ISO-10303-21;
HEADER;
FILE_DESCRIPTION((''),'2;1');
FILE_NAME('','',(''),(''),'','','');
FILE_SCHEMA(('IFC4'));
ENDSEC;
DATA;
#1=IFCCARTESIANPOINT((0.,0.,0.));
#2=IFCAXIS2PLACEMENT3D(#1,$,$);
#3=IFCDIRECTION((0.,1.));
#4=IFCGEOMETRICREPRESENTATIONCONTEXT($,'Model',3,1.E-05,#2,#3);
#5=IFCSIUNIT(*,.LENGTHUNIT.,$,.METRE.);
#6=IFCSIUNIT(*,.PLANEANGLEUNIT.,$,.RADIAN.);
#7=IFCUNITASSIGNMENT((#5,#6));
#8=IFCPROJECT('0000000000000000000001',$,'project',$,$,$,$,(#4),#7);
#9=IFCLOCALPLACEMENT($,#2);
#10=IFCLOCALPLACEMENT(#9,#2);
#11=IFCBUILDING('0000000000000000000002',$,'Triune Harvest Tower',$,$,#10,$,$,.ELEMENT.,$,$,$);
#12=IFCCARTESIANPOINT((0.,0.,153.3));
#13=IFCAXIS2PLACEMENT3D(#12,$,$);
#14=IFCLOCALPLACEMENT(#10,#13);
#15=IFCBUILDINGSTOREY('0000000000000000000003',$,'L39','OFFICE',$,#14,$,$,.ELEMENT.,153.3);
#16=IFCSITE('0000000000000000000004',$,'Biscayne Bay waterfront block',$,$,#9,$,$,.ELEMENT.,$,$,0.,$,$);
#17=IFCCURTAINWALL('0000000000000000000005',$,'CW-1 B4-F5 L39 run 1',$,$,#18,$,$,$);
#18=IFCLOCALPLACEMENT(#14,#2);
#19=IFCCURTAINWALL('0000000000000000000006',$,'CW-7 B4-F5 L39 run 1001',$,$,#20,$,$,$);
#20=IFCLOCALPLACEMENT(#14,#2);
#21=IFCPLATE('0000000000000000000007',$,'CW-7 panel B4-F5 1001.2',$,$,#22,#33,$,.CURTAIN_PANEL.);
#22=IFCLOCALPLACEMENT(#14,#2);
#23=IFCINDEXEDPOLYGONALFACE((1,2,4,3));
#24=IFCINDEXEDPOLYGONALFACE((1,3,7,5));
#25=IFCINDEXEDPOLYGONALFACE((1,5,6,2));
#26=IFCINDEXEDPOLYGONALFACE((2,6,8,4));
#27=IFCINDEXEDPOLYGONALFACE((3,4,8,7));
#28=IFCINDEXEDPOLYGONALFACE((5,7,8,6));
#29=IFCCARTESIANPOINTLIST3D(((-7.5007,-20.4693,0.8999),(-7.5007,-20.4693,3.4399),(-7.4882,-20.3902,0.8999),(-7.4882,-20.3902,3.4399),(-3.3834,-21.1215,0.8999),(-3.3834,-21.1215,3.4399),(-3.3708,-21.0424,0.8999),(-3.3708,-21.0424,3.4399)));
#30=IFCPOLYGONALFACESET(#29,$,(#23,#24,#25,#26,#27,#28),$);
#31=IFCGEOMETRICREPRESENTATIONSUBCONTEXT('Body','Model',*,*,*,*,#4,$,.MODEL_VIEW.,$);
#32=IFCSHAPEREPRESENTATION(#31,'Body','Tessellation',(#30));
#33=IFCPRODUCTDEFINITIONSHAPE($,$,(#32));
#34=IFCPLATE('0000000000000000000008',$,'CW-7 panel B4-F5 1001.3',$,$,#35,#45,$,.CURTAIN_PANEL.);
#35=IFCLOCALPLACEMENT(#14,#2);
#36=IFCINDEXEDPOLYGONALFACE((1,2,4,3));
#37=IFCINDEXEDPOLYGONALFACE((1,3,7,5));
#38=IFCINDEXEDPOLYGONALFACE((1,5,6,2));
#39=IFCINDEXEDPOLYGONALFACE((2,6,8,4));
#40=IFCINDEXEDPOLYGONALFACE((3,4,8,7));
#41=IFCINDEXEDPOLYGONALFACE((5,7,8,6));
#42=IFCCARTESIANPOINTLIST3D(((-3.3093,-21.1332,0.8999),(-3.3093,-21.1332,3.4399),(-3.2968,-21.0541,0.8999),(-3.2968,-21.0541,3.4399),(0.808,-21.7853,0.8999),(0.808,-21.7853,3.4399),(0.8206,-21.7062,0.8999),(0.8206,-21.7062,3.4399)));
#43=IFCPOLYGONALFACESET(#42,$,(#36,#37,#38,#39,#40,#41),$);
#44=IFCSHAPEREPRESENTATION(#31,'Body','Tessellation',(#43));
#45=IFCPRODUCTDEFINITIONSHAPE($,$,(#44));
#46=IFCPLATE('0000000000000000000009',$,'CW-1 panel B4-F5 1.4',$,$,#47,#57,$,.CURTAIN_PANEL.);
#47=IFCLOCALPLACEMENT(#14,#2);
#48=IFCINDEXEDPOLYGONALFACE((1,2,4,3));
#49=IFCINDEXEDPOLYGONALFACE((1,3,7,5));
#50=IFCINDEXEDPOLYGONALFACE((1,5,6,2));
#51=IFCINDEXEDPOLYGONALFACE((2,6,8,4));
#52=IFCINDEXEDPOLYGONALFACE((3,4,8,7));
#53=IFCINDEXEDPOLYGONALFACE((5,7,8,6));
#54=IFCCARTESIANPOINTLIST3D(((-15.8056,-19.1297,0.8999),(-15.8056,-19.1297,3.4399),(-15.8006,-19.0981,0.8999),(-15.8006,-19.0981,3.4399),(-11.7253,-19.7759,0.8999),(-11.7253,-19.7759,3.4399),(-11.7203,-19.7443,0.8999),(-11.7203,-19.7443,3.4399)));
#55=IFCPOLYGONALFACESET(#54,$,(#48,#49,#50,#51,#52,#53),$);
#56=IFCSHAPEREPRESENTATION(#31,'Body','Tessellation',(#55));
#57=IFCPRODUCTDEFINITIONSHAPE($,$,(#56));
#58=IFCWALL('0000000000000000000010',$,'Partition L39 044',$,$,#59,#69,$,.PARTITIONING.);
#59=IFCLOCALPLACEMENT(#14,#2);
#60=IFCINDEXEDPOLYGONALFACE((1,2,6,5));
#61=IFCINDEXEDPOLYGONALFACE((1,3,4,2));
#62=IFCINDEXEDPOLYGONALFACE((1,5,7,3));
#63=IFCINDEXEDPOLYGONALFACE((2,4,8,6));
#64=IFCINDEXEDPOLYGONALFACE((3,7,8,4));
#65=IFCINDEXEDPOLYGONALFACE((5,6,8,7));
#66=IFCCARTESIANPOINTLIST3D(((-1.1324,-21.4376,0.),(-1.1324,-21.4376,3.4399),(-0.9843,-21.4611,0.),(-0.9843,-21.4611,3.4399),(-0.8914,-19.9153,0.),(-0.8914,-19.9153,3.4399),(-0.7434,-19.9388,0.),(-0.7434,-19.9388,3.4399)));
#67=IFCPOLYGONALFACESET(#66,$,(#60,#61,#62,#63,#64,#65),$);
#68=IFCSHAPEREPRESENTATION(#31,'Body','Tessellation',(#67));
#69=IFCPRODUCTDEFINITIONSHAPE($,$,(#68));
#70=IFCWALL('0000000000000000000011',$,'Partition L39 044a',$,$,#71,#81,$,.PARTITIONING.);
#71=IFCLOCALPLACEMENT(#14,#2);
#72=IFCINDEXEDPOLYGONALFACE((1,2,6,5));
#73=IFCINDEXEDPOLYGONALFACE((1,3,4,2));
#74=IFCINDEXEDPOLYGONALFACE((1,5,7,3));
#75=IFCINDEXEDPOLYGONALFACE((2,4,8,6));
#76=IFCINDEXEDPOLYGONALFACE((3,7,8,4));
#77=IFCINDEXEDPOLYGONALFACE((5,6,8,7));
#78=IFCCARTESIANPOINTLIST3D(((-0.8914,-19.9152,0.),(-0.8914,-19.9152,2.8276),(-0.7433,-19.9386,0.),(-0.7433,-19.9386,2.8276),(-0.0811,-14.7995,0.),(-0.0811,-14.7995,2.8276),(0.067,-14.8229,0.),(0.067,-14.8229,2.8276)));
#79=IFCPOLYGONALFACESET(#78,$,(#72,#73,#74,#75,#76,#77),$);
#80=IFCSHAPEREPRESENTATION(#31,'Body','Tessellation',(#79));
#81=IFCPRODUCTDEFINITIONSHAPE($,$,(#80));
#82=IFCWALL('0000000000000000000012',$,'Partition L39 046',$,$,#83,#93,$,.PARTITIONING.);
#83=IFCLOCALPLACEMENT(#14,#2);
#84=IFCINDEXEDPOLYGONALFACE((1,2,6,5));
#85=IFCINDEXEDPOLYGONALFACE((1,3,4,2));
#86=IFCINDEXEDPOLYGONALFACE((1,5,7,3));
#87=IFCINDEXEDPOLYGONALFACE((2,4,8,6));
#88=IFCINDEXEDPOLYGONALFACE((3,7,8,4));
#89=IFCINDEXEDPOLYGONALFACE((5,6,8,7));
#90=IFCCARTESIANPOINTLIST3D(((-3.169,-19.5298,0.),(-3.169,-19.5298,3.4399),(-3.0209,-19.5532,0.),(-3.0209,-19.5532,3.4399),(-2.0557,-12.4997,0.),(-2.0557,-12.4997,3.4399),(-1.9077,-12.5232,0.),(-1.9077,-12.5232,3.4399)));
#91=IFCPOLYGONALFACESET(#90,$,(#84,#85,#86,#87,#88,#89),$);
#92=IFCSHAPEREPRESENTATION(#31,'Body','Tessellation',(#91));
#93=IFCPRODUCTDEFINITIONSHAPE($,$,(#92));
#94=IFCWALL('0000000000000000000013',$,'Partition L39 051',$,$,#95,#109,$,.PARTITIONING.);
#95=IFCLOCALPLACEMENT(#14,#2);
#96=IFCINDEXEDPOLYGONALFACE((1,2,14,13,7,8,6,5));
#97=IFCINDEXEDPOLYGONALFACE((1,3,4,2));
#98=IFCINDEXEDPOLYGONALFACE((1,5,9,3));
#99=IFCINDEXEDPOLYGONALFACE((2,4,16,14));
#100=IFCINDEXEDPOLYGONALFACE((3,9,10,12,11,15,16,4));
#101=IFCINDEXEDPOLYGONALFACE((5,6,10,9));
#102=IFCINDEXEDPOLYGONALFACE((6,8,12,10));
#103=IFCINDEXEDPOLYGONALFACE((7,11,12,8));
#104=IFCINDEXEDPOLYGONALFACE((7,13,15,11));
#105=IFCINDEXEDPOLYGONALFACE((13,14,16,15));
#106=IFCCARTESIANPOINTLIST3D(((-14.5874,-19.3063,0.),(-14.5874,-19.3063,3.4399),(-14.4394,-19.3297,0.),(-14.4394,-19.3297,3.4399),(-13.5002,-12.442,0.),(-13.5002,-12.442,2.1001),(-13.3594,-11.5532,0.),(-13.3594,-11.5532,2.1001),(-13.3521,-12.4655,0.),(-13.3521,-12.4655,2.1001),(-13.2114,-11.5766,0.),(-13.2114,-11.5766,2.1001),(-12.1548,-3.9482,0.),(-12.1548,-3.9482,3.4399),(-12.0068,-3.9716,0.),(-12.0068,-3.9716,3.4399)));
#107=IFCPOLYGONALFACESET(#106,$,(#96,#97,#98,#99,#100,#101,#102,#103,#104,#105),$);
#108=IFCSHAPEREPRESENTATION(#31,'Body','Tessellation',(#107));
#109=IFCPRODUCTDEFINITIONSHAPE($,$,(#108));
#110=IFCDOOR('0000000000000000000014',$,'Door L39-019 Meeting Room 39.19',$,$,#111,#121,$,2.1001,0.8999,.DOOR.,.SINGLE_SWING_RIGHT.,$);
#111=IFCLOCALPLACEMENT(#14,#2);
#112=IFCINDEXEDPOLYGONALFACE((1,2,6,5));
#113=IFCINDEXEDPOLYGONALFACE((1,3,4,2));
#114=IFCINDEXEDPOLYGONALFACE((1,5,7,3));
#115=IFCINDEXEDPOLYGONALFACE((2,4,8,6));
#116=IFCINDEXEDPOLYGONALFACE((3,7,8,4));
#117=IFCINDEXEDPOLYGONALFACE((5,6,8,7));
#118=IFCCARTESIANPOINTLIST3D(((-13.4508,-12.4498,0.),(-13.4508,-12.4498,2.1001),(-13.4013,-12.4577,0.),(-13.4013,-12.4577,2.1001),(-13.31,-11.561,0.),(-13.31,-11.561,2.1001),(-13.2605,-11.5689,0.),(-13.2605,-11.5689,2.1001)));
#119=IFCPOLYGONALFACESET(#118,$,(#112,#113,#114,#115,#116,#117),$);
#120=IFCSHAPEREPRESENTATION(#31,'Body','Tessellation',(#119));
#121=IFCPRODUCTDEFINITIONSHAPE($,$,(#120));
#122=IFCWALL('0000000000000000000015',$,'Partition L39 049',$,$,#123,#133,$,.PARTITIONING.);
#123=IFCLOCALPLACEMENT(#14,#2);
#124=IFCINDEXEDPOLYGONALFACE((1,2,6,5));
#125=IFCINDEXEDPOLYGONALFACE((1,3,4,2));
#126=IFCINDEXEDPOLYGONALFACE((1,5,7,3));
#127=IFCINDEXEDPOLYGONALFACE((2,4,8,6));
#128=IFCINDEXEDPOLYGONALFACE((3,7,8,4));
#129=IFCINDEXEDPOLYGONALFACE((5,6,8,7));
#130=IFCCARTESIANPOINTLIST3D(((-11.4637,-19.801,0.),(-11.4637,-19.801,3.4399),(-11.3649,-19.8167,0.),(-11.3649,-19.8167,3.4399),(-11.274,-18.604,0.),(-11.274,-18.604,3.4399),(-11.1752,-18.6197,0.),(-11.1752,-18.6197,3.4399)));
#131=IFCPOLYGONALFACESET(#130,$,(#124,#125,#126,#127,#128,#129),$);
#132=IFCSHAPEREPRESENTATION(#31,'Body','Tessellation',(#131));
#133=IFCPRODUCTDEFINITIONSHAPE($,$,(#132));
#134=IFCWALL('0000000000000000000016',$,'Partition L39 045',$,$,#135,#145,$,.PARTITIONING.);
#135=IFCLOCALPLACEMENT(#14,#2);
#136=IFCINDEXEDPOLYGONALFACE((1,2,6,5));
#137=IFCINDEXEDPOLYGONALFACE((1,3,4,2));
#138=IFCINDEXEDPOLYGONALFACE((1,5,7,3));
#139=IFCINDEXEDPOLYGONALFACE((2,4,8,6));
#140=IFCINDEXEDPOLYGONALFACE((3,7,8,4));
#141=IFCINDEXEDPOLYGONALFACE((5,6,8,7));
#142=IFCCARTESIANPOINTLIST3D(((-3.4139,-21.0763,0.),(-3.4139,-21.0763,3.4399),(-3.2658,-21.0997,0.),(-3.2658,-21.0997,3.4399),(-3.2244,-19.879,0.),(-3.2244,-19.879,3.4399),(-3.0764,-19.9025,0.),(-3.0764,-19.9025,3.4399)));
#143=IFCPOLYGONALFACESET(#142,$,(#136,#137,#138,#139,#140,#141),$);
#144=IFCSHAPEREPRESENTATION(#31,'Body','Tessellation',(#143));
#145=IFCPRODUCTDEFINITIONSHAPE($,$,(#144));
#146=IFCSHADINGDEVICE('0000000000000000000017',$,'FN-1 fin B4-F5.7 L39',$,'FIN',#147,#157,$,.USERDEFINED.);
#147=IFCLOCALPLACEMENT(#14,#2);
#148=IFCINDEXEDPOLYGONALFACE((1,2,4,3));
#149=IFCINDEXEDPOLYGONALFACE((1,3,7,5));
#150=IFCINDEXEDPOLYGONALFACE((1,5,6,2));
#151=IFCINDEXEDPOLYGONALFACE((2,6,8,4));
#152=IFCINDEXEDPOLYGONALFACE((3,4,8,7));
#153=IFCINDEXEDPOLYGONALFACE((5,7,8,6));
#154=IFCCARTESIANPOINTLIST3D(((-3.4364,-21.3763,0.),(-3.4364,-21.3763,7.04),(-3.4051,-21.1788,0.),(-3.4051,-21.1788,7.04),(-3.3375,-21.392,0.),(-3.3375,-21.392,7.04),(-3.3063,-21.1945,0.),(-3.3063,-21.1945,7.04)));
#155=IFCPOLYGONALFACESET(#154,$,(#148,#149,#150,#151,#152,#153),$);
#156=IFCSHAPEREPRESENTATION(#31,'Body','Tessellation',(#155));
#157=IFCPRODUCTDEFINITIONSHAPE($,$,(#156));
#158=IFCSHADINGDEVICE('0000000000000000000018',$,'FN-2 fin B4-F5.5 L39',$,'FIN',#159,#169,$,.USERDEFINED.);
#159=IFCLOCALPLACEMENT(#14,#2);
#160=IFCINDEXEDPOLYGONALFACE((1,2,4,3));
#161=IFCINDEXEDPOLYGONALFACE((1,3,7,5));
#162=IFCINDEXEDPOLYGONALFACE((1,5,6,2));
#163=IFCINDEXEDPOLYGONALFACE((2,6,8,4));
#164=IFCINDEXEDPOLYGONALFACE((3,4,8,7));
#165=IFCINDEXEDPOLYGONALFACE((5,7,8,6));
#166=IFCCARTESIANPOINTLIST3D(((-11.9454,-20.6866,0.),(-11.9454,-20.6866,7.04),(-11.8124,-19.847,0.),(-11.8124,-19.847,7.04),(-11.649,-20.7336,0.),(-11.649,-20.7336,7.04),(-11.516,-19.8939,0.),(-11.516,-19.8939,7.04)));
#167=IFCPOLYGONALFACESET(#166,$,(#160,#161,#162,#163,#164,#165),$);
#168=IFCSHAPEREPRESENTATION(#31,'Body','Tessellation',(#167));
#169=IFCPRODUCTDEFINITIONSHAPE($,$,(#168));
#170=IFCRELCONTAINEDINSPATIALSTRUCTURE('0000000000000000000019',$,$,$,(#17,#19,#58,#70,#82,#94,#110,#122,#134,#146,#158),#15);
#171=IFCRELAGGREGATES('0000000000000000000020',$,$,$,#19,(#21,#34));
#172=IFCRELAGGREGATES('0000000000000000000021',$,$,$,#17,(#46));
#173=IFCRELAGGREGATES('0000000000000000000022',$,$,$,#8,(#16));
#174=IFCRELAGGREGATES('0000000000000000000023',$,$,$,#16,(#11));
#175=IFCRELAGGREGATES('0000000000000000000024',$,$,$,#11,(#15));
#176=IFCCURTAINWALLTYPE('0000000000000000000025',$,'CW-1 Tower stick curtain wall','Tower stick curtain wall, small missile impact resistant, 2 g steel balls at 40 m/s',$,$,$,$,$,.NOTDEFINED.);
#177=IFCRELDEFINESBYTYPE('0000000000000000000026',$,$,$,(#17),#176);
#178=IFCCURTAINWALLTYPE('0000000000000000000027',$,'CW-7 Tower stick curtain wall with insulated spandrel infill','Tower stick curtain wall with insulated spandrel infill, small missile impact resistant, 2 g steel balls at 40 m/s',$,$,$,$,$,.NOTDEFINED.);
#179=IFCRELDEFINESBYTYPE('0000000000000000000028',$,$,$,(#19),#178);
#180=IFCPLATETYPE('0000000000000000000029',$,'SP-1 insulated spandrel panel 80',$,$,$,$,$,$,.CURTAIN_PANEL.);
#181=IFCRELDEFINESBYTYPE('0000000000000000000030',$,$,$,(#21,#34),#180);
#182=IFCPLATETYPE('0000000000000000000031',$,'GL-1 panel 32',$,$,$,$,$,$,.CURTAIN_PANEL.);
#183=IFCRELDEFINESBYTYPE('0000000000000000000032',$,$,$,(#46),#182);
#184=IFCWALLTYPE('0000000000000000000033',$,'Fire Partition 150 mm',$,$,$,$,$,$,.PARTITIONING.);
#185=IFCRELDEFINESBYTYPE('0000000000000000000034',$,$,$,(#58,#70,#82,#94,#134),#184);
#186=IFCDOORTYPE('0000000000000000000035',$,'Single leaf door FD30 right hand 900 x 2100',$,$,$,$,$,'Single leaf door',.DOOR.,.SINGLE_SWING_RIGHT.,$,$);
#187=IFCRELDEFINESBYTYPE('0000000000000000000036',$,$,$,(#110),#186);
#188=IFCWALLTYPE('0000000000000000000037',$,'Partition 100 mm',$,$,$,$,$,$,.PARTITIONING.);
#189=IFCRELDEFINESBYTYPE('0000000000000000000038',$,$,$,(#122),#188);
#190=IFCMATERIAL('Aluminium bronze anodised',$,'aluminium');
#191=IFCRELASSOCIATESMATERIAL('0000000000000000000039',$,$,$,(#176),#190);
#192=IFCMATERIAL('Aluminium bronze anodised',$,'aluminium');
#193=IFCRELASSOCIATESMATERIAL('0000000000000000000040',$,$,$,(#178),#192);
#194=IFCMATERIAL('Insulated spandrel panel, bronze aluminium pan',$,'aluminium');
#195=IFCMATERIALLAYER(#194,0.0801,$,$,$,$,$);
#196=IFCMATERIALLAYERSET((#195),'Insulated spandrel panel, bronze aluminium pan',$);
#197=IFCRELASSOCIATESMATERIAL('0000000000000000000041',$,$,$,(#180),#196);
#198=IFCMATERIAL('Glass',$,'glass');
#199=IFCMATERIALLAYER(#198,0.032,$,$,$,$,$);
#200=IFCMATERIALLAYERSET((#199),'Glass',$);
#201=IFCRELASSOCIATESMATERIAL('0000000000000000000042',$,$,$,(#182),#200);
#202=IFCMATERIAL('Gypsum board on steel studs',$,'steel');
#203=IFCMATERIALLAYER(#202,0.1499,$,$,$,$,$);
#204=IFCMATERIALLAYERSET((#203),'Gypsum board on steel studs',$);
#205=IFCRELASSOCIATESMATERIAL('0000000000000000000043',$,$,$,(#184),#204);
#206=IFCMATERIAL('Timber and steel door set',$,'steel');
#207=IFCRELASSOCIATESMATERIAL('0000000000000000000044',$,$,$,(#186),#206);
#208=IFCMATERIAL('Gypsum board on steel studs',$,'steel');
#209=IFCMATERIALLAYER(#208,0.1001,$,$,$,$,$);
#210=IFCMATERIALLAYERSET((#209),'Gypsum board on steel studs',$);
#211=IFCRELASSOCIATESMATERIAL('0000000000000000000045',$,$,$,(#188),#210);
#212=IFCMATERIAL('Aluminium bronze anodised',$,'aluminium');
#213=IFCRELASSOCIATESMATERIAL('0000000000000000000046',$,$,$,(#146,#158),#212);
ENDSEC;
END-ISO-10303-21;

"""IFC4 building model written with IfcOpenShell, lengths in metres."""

from ifc_helpers import new_model, si_unit, direction, frame, frame_2d, origin, origin_2d, place, context, subcontext, project, spatial, rectangle, extrude, source, transform, mapped, material, layer, layer_set, type_object, element, fill, aggregate, save


model = new_model("IFC4")

# Units and contexts
model_context = context("Model", 3, precision=1e-05, world=origin(), true_north=direction((0.0, 1.0)))
body_context = subcontext(model_context, "Body", "Model", "MODEL_VIEW")
ifc_project = project(units=[si_unit("LENGTHUNIT", "METRE"), si_unit("PLANEANGLEUNIT", "RADIAN")], contexts=[model_context])

# Site, building, storey
site_placement = place(None, origin())
site = spatial("IfcSite", under=ifc_project, at=site_placement, Name="Biscayne Bay waterfront block", CompositionType="ELEMENT", RefElevation=0.0)
building_placement = place(site_placement, origin())
building = spatial("IfcBuilding", under=site, at=building_placement, Name="Triune Harvest Tower", CompositionType="ELEMENT")
storey_placement = place(building_placement, frame((0.0, 0.0, 153.3)))
storey = spatial("IfcBuildingStorey", under=building, at=storey_placement, Name="L39", Description="OFFICE", CompositionType="ELEMENT", Elevation=153.3)

# Curtain wall
ifc_material_1 = material(Name="Aluminium bronze anodised", Category="aluminium")
curtain_wall_type_1 = type_object("IfcCurtainWallType", Name="CW-1 Tower stick curtain wall", Description="Tower stick curtain wall, small missile impact resistant, 2 g steel balls at 40 m/s", PredefinedType="NOTDEFINED", material=ifc_material_1)
curtain_wall_1_placement = place(storey_placement, origin())
curtain_wall_1 = element("IfcCurtainWall", 1, at=curtain_wall_1_placement, inside=storey, type_object=curtain_wall_type_1, Name="CW-1 B4-F5 L39 run 1")

# Curtain wall, plates
ifc_material_2 = material(Name="Aluminium bronze anodised", Category="aluminium")
curtain_wall_type_2 = type_object("IfcCurtainWallType", Name="CW-7 Tower stick curtain wall with insulated spandrel infill", Description="Tower stick curtain wall with insulated spandrel infill, small missile impact resistant, 2 g steel balls at 40 m/s", PredefinedType="NOTDEFINED", material=ifc_material_2)
curtain_wall_2_placement = place(storey_placement, origin())
curtain_wall_2 = element("IfcCurtainWall", 2, at=curtain_wall_2_placement, inside=storey, type_object=curtain_wall_type_2, Name="CW-7 B4-F5 L39 run 1001")
ifc_material_3 = material(Name="Insulated spandrel panel, bronze aluminium pan", Category="aluminium")
ifc_layer_1 = layer(ifc_material_3, 0.0801)
ifc_layer_set_1 = layer_set([ifc_layer_1], Name="Insulated spandrel panel, bronze aluminium pan")
plate_type_1 = type_object("IfcPlateType", Name="SP-1 insulated spandrel panel 80", PredefinedType="CURTAIN_PANEL", material=ifc_layer_set_1)
shared_shape_1 = source(origin(), body_context, "Body", "SweptSolid", [
    extrude(rectangle(XDim=4.1687, YDim=0.0801, at=origin_2d()), origin(), (0.0, 0.0, 1.0), 2.54),
])
plate_1_placement = place(storey_placement, frame((-5.4358, -20.7559, 0.8999), z_axis=(0.0, 0.0, 1.0), x_axis=(0.987688, -0.156438, 0.0)))
plate_1 = element("IfcPlate", 3, at=plate_1_placement, type_object=plate_type_1, Name="CW-7 panel B4-F5 1001.2", PredefinedType="CURTAIN_PANEL", context=body_context, shape_type="MappedRepresentation", body=[
    mapped(shared_shape_1, transform((0.0, 0.0, 0.0), scale=1.0)),
])
plate_2_placement = place(storey_placement, frame((-1.2444, -21.4197, 0.8999), z_axis=(0.0, 0.0, 1.0), x_axis=(0.987688, -0.156438, 0.0)))
plate_2 = element("IfcPlate", 4, at=plate_2_placement, type_object=plate_type_1, Name="CW-7 panel B4-F5 1001.3", PredefinedType="CURTAIN_PANEL", context=body_context, shape_type="MappedRepresentation", body=[
    mapped(shared_shape_1, transform((0.0, 0.0, 0.0), scale=1.0)),
])
aggregate(curtain_wall_2, [plate_1, plate_2])

# Plate
ifc_material_4 = material(Name="Glass", Category="glass")
ifc_layer_2 = layer(ifc_material_4, 0.032)
ifc_layer_set_2 = layer_set([ifc_layer_2], Name="Glass")
plate_type_2 = type_object("IfcPlateType", Name="GL-1 panel 32", PredefinedType="CURTAIN_PANEL", material=ifc_layer_set_2)
shared_shape_2 = source(origin(), body_context, "Body", "SweptSolid", [
    extrude(rectangle(XDim=4.1311, YDim=0.032, at=origin_2d()), origin(), (0.0, 0.0, 1.0), 2.54),
])
plate_3_placement = place(storey_placement, frame((-13.7629, -19.437, 0.8999), z_axis=(0.0, 0.0, 1.0), x_axis=(0.987689, -0.156433, 0.0)))
plate_3 = element("IfcPlate", 5, at=plate_3_placement, type_object=plate_type_2, Name="CW-1 panel B4-F5 1.4", PredefinedType="CURTAIN_PANEL", context=body_context, shape_type="MappedRepresentation", body=[
    mapped(shared_shape_2, transform((0.0, 0.0, 0.0), scale=1.0)),
])
aggregate(curtain_wall_1, [plate_3])

# Walls
ifc_material_5 = material(Name="Gypsum board on steel studs", Category="steel")
ifc_layer_3 = layer(ifc_material_5, 0.1499)
ifc_layer_set_3 = layer_set([ifc_layer_3], Name="Gypsum board on steel studs")
wall_type_1 = type_object("IfcWallType", Name="Fire Partition 150 mm", PredefinedType="PARTITIONING", material=ifc_layer_set_3)
wall_1_placement = place(storey_placement, frame((-1.0583, -21.4492, 0.0), z_axis=(0.0, 0.0, 1.0), x_axis=(0.156353, 0.987701, 0.0)))
element("IfcWall", 6, at=wall_1_placement, inside=storey, type_object=wall_type_1, Name="Partition L39 044", PredefinedType="PARTITIONING", context=body_context, shape_type="SweptSolid", body=[
    extrude(rectangle(XDim=1.5413, YDim=0.1499, at=frame_2d((0.7705, 0.0))), origin(), (0.0, 0.0, 1.0), 3.4399),
])
wall_2_placement = place(storey_placement, frame((-0.8174, -19.927, 0.0), z_axis=(0.0, 0.0, 1.0), x_axis=(0.156444, 0.987687, 0.0)))
element("IfcWall", 7, at=wall_2_placement, inside=storey, type_object=wall_type_1, Name="Partition L39 044a", PredefinedType="PARTITIONING", context=body_context, shape_type="SweptSolid", body=[
    extrude(rectangle(XDim=5.1794, YDim=0.1499, at=frame_2d((2.5898, 0.0))), origin(), (0.0, 0.0, 1.0), 2.8276),
])
wall_3_placement = place(storey_placement, frame((-3.095, -19.5415, 0.0), z_axis=(0.0, 0.0, 1.0), x_axis=(0.156412, 0.987692, 0.0)))
element("IfcWall", 8, at=wall_3_placement, inside=storey, type_object=wall_type_1, Name="Partition L39 046", PredefinedType="PARTITIONING", context=body_context, shape_type="SweptSolid", body=[
    extrude(rectangle(XDim=7.1177, YDim=0.1499, at=frame_2d((3.5588, 0.0))), origin(), (0.0, 0.0, 1.0), 3.4399),
])

# Wall, opening, door
wall_4_placement = place(storey_placement, frame((-14.5134, -19.3181, 0.0), z_axis=(0.0, 0.0, 1.0), x_axis=(0.156442, 0.987687, 0.0)))
wall_4 = element("IfcWall", 9, at=wall_4_placement, inside=storey, type_object=wall_type_1, Name="Partition L39 051", PredefinedType="PARTITIONING", context=body_context, shape_type="SweptSolid", body=[
    extrude(rectangle(XDim=15.5496, YDim=0.1499, at=frame_2d((7.7749, 0.0))), origin(), (0.0, 0.0, 1.0), 3.4399),
])
opening_placement = place(wall_4_placement, frame((6.95, 0.0, 0.0)))
opening = element("IfcOpeningElement", 10, at=opening_placement, cuts=wall_4, PredefinedType="OPENING", context=body_context, shape_type="SweptSolid", body=[
    extrude(rectangle(XDim=0.8999, YDim=2.1001, at=frame_2d((0.45, 1.05))), frame((0.0, 0.085, 0.0), z_axis=(0.0, -1.0, 0.0), x_axis=(1.0, 0.0, 0.0)), (0.0, 0.0, 1.0), 0.1699),
])
ifc_material_6 = material(Name="Timber and steel door set", Category="steel")
door_type = type_object("IfcDoorType", Name="Single leaf door FD30 right hand 900 x 2100", ElementType="Single leaf door", OperationType="SINGLE_SWING_RIGHT", PredefinedType="DOOR", material=ifc_material_6)
door_placement = place(opening_placement, origin())
door = element("IfcDoor", 11, at=door_placement, inside=storey, type_object=door_type, Name="Door L39-019 Meeting Room 39.19", OperationType="SINGLE_SWING_RIGHT", OverallHeight=2.1001, OverallWidth=0.8999, PredefinedType="DOOR", context=body_context, shape_type="SweptSolid", body=[
    extrude(rectangle(XDim=0.8999, YDim=2.1001, at=frame_2d((0.45, 1.05))), frame((0.0, 0.0249, 0.0), z_axis=(0.0, -1.0, 0.0), x_axis=(1.0, 0.0, 0.0)), (0.0, 0.0, 1.0), 0.05),
])
fill(opening, door)

# Walls
ifc_material_7 = material(Name="Gypsum board on steel studs", Category="steel")
ifc_layer_4 = layer(ifc_material_7, 0.1001)
ifc_layer_set_4 = layer_set([ifc_layer_4], Name="Gypsum board on steel studs")
wall_type_2 = type_object("IfcWallType", Name="Partition 100 mm", PredefinedType="PARTITIONING", material=ifc_layer_set_4)
shared_shape_3 = source(origin(), body_context, "Body", "SweptSolid", [
    extrude(rectangle(XDim=1.2119, YDim=0.1001, at=frame_2d((0.606, 0.0))), origin(), (0.0, 0.0, 1.0), 3.4399),
])
wall_5_placement = place(storey_placement, frame((-11.4143, -19.8088, 0.0), z_axis=(0.0, 0.0, 1.0), x_axis=(0.156521, 0.987675, 0.0)))
element("IfcWall", 12, at=wall_5_placement, inside=storey, type_object=wall_type_2, Name="Partition L39 049", PredefinedType="PARTITIONING", context=body_context, shape_type="MappedRepresentation", body=[
    mapped(shared_shape_3, transform((0.0, 0.0, 0.0), scale=1.0)),
])
shared_shape_4 = source(origin(), body_context, "Body", "SweptSolid", [
    extrude(rectangle(XDim=1.2122, YDim=0.1499, at=frame_2d((0.606, 0.0))), origin(), (0.0, 0.0, 1.0), 3.4399),
])
wall_6_placement = place(storey_placement, frame((-3.3398, -21.0879, 0.0), z_axis=(0.0, 0.0, 1.0), x_axis=(0.156294, 0.987711, 0.0)))
element("IfcWall", 13, at=wall_6_placement, inside=storey, type_object=wall_type_1, Name="Partition L39 045", PredefinedType="PARTITIONING", context=body_context, shape_type="MappedRepresentation", body=[
    mapped(shared_shape_4, transform((0.0, 0.0, 0.0), scale=1.0)),
])

# Shading devices
ifc_material_8 = material(Name="Aluminium bronze anodised", Category="aluminium")
shared_shape_5 = source(origin(), body_context, "Body", "SweptSolid", [
    extrude(rectangle(XDim=0.1001, YDim=0.2, at=origin_2d()), origin(), (0.0, 0.0, 1.0), 7.04),
])
shading_device_1_placement = place(storey_placement, frame((-3.3713, -21.2854, 0.0), z_axis=(0.0, 0.0, 1.0), x_axis=(0.987688, -0.156435, 0.0)))
element("IfcShadingDevice", 14, at=shading_device_1_placement, inside=storey, material=ifc_material_8, Name="FN-1 fin B4-F5.7 L39", ObjectType="FIN", PredefinedType="USERDEFINED", context=body_context, shape_type="MappedRepresentation", body=[
    mapped(shared_shape_5, transform((0.0, 0.0, 0.0), scale=1.0)),
])
shared_shape_6 = source(origin(), body_context, "Body", "SweptSolid", [
    extrude(rectangle(XDim=0.3, YDim=0.8501, at=origin_2d()), origin(), (0.0, 0.0, 1.0), 7.04),
])
shading_device_2_placement = place(storey_placement, frame((-11.7307, -20.2903, 0.0), z_axis=(0.0, 0.0, 1.0), x_axis=(0.987688, -0.156435, 0.0)))
element("IfcShadingDevice", 15, at=shading_device_2_placement, inside=storey, material=ifc_material_8, Name="FN-2 fin B4-F5.5 L39", ObjectType="FIN", PredefinedType="USERDEFINED", context=body_context, shape_type="MappedRepresentation", body=[
    mapped(shared_shape_6, transform((0.0, 0.0, 0.0), scale=1.0)),
])

save(model, "model.ifc")
